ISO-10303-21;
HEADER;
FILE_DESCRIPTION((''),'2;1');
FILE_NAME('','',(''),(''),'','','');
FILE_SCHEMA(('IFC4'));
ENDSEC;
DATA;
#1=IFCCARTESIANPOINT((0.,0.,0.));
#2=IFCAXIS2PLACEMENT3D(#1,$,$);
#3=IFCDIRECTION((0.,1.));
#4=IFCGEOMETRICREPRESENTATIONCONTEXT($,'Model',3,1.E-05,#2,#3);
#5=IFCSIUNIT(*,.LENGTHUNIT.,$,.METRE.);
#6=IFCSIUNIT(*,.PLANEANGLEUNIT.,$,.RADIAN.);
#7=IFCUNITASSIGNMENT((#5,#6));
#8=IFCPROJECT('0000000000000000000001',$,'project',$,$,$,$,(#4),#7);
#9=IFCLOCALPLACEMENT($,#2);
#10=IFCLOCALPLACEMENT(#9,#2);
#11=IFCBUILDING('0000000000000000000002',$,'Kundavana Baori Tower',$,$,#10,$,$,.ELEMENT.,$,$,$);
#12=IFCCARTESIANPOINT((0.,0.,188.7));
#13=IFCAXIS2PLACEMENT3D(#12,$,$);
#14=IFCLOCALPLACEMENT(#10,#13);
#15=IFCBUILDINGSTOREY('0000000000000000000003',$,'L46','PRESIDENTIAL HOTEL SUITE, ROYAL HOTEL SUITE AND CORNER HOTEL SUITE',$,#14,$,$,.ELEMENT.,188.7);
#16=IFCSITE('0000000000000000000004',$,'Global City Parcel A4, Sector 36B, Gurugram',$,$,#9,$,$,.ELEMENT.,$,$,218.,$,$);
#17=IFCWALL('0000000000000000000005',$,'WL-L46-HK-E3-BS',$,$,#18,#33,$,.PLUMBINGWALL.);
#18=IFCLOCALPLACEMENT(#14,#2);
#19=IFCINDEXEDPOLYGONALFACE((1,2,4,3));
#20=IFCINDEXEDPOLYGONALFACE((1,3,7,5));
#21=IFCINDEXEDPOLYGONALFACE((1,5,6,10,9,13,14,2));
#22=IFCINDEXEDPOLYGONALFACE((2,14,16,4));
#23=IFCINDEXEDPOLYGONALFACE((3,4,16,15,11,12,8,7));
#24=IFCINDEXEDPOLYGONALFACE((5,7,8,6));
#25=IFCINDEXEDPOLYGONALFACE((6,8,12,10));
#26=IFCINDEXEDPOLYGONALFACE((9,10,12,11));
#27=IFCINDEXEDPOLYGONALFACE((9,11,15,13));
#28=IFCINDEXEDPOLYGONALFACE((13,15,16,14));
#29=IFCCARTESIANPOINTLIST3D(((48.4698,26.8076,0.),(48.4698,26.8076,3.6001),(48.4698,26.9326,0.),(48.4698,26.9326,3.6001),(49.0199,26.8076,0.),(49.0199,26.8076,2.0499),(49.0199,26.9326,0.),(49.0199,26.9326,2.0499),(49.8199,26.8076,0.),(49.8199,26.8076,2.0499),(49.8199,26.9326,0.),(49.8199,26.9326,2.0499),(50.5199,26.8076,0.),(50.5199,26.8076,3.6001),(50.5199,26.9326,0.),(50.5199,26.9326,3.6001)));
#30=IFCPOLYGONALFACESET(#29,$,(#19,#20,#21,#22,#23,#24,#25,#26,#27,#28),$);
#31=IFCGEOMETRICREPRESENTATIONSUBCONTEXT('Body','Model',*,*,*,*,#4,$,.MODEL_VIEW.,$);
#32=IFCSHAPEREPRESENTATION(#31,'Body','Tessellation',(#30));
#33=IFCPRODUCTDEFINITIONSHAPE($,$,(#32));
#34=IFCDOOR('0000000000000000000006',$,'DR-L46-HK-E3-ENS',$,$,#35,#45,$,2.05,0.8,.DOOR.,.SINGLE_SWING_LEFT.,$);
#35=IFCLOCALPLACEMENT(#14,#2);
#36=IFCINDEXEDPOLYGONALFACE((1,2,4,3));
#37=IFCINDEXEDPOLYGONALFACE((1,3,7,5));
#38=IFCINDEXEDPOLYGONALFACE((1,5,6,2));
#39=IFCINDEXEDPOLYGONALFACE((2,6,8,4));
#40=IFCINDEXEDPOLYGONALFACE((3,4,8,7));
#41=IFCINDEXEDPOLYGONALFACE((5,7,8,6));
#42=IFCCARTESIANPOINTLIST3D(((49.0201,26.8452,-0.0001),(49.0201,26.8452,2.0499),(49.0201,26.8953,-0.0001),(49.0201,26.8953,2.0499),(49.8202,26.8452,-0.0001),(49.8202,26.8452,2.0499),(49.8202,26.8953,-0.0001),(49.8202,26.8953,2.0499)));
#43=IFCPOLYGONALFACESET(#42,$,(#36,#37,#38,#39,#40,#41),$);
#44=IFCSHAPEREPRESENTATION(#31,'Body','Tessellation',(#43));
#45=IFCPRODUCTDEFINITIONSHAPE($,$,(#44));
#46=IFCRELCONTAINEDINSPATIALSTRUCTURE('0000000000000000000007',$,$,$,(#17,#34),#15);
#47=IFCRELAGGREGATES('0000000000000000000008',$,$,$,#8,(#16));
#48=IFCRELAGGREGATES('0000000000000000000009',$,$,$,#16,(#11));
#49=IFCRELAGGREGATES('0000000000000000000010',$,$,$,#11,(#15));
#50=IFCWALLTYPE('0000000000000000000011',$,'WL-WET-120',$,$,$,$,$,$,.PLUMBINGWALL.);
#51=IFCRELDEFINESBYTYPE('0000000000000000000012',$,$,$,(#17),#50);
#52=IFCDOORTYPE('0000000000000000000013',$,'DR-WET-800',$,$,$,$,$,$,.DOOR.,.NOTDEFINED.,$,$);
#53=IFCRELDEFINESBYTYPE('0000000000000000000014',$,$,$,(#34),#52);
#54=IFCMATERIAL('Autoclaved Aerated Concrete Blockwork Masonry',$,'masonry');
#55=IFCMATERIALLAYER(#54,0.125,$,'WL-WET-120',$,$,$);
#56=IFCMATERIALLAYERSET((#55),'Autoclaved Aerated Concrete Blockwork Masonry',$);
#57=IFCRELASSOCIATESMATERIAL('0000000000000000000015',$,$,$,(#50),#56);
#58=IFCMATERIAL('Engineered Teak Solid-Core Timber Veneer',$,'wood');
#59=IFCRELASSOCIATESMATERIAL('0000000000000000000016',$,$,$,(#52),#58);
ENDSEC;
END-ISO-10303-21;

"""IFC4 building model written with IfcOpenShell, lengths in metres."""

from ifc_helpers import new_model, si_unit, direction, frame, frame_2d, origin, place, context, subcontext, project, spatial, rectangle, extrude, material, layer, layer_set, type_object, element, fill, save


model = new_model("IFC4")

# Units and contexts
model_context = context("Model", 3, precision=1e-05, world=origin(), true_north=direction((0.0, 1.0)))
body_context = subcontext(model_context, "Body", "Model", "MODEL_VIEW")
ifc_project = project(units=[si_unit("LENGTHUNIT", "METRE"), si_unit("PLANEANGLEUNIT", "RADIAN")], contexts=[model_context])

# Site, building, storey
site_placement = place(None, origin())
site = spatial("IfcSite", under=ifc_project, at=site_placement, Name="Global City Parcel A4, Sector 36B, Gurugram", CompositionType="ELEMENT", RefElevation=218.0)
building_placement = place(site_placement, origin())
building = spatial("IfcBuilding", under=site, at=building_placement, Name="Kundavana Baori Tower", CompositionType="ELEMENT")
storey_placement = place(building_placement, frame((0.0, 0.0, 188.7)))
storey = spatial("IfcBuildingStorey", under=building, at=storey_placement, Name="L46", Description="PRESIDENTIAL HOTEL SUITE, ROYAL HOTEL SUITE AND CORNER HOTEL SUITE", CompositionType="ELEMENT", Elevation=188.7)

# Shared definitions
ifc_material_1 = material(Name="Autoclaved Aerated Concrete Blockwork Masonry", Category="masonry")
ifc_layer_1 = layer(ifc_material_1, 0.125, Name="WL-WET-120")
ifc_layer_set_1 = layer_set([ifc_layer_1], Name="Autoclaved Aerated Concrete Blockwork Masonry")
wall_type_1 = type_object("IfcWallType", Name="WL-WET-120", PredefinedType="PLUMBINGWALL", material=ifc_layer_set_1)

# Shared definitions
ifc_material_2 = material(Name="Engineered Teak Solid-Core Timber Veneer", Category="wood")
door_type_1 = type_object("IfcDoorType", Name="DR-WET-800", OperationType="NOTDEFINED", PredefinedType="DOOR", material=ifc_material_2)

# Wall, opening, door
wall_1_placement = place(storey_placement, frame((48.47, 26.8701, 0.0), z_axis=(0.0, 0.0, 1.0), x_axis=(1.0, 0.0, 0.0)))
wall_1 = element("IfcWall", 1, at=wall_1_placement, inside=storey, type_object=wall_type_1, Name="WL-L46-HK-E3-BS", PredefinedType="PLUMBINGWALL", context=body_context, shape_type="SweptSolid", body=[
    extrude(rectangle(XDim=2.05, YDim=0.125, at=frame_2d((1.0249, 0.0))), origin(), (0.0, 0.0, 1.0), 3.6001),
])
opening_1_placement = place(wall_1_placement, frame((0.55, 0.0, 0.0)))
opening_1 = element("IfcOpeningElement", 2, at=opening_1_placement, cuts=wall_1, PredefinedType="OPENING", context=body_context, shape_type="SweptSolid", body=[
    extrude(rectangle(XDim=0.8, YDim=2.05, at=frame_2d((0.3999, 1.0249))), frame((0.0, 0.0725, 0.0), z_axis=(0.0, -1.0, 0.0), x_axis=(1.0, 0.0, 0.0)), (0.0, 0.0, 1.0), 0.145),
])
door_1_placement = place(opening_1_placement, frame((0.8, 0.0, 0.0), z_axis=(0.0, 0.0, 1.0), x_axis=(-1.0, 0.0, 0.0)))
door_1 = element("IfcDoor", 3, at=door_1_placement, inside=storey, type_object=door_type_1, Name="DR-L46-HK-E3-ENS", OperationType="SINGLE_SWING_LEFT", OverallHeight=2.05, OverallWidth=0.8, PredefinedType="DOOR", context=body_context, shape_type="SweptSolid", body=[
    extrude(rectangle(XDim=0.8, YDim=2.05, at=frame_2d((0.3999, 1.0249))), frame((0.0, 0.0249, 0.0), z_axis=(0.0, -1.0, 0.0), x_axis=(1.0, 0.0, 0.0)), (0.0, 0.0, 1.0), 0.05),
])
fill(opening_1, door_1)

save(model, "model.ifc")
